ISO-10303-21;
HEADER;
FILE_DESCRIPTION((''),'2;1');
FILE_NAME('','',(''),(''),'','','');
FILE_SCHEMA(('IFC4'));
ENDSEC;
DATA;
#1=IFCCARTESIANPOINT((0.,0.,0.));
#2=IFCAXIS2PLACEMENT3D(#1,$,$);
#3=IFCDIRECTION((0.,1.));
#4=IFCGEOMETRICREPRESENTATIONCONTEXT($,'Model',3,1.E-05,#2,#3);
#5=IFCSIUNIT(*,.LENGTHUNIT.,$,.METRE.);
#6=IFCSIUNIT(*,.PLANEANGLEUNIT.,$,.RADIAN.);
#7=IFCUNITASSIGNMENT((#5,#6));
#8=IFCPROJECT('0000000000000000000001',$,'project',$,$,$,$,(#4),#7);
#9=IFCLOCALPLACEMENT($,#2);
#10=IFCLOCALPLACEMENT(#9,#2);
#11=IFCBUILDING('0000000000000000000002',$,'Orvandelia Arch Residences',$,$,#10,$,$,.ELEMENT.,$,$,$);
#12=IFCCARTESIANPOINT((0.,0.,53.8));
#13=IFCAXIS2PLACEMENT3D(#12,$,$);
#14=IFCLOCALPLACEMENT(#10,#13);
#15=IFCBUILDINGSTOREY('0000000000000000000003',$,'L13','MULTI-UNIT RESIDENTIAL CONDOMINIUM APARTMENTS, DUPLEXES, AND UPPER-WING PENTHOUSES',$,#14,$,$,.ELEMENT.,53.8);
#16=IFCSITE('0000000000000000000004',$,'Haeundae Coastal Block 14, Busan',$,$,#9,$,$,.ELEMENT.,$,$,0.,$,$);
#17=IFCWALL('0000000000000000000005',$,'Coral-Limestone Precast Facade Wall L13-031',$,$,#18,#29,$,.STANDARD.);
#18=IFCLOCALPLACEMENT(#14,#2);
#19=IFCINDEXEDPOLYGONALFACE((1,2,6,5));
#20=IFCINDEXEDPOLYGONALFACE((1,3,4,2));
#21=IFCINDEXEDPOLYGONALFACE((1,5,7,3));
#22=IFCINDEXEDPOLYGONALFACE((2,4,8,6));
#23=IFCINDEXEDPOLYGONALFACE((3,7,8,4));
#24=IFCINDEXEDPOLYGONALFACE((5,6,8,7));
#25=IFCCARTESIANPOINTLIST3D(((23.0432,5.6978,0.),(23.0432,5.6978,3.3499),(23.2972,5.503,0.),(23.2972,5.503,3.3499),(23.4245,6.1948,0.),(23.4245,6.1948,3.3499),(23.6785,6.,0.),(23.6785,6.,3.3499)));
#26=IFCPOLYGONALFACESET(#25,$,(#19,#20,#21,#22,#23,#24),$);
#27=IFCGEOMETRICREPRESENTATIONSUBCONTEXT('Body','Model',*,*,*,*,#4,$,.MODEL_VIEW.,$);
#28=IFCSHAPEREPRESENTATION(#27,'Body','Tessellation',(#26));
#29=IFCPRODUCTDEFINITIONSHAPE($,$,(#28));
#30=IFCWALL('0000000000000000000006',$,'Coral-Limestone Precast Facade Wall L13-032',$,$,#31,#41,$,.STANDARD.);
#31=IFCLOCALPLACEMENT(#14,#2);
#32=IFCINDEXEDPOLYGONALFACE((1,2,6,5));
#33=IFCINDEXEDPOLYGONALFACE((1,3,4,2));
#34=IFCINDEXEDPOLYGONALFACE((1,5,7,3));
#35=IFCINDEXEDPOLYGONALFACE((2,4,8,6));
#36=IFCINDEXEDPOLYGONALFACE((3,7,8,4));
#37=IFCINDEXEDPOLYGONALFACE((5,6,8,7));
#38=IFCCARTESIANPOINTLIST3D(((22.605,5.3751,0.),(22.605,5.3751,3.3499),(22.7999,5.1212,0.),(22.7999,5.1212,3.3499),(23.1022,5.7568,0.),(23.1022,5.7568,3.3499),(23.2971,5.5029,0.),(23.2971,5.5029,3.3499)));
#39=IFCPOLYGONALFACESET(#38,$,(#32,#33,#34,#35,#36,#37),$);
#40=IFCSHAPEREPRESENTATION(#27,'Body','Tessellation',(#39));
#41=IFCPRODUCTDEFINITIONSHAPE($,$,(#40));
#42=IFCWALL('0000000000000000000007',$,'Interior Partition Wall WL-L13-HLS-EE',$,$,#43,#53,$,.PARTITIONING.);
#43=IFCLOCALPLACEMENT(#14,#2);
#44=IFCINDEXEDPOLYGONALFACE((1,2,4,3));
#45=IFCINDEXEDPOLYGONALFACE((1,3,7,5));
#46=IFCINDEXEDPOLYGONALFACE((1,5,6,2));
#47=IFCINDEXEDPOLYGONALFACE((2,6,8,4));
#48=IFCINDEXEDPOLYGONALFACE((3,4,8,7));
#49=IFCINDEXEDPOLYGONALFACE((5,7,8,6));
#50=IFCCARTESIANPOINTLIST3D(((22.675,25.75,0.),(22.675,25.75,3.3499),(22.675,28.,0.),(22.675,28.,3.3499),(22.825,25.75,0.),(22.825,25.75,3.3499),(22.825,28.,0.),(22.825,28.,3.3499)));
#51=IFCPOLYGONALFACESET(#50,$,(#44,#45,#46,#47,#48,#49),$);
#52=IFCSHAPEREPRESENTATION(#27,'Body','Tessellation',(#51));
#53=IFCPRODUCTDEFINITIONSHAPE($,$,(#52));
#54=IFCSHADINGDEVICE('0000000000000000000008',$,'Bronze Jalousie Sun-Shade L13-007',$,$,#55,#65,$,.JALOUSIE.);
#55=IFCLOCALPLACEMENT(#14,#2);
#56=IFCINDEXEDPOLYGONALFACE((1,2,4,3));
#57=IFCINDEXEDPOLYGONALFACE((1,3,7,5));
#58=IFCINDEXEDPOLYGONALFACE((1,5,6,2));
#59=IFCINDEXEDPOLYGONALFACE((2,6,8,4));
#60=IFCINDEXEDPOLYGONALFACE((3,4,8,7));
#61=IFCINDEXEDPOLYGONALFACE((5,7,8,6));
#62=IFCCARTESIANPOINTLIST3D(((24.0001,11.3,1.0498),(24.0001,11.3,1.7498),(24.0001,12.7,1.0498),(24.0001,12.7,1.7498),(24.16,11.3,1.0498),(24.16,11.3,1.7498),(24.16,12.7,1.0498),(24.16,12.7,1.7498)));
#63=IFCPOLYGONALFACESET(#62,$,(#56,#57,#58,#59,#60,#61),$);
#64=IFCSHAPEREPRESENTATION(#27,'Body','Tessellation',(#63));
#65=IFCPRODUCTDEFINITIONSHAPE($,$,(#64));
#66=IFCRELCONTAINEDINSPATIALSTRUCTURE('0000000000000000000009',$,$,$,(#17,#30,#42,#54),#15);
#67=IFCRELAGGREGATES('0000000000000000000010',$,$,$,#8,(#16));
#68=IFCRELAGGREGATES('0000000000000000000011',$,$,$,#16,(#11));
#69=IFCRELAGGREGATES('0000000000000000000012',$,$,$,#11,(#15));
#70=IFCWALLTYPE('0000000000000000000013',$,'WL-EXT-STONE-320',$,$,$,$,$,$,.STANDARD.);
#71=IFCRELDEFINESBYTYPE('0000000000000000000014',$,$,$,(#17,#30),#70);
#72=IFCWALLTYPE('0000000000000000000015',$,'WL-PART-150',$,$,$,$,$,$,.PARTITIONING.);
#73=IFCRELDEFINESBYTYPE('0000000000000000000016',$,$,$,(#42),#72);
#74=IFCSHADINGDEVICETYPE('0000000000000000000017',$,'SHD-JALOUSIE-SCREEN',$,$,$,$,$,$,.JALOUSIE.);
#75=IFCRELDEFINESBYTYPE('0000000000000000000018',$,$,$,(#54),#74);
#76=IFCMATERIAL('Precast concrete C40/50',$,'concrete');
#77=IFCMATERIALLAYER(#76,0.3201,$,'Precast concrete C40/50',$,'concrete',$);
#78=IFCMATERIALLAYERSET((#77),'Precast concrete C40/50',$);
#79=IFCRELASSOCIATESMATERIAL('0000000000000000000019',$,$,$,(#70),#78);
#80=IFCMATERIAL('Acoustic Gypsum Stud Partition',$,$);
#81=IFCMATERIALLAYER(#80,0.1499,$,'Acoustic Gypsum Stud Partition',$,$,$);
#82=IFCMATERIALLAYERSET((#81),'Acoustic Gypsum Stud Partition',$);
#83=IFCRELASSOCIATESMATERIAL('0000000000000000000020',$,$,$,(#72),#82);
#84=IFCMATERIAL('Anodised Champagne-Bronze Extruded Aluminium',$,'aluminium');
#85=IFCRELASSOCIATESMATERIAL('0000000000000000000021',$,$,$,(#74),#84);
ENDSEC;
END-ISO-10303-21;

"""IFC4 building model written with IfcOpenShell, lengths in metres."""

from ifc_helpers import new_model, si_unit, direction, frame, frame_2d, origin, origin_2d, place, context, subcontext, project, spatial, rectangle, extrude, material, layer, layer_set, type_object, element, save


model = new_model("IFC4")

# Units and contexts
model_context = context("Model", 3, precision=1e-05, world=origin(), true_north=direction((0.0, 1.0)))
body_context = subcontext(model_context, "Body", "Model", "MODEL_VIEW")
ifc_project = project(units=[si_unit("LENGTHUNIT", "METRE"), si_unit("PLANEANGLEUNIT", "RADIAN")], contexts=[model_context])

# Site, building, storey
site_placement = place(None, origin())
site = spatial("IfcSite", under=ifc_project, at=site_placement, Name="Haeundae Coastal Block 14, Busan", CompositionType="ELEMENT", RefElevation=0.0)
building_placement = place(site_placement, origin())
building = spatial("IfcBuilding", under=site, at=building_placement, Name="Orvandelia Arch Residences", CompositionType="ELEMENT")
storey_placement = place(building_placement, frame((0.0, 0.0, 53.8)))
storey = spatial("IfcBuildingStorey", under=building, at=storey_placement, Name="L13", Description="MULTI-UNIT RESIDENTIAL CONDOMINIUM APARTMENTS, DUPLEXES, AND UPPER-WING PENTHOUSES", CompositionType="ELEMENT", Elevation=53.8)

# Shared definitions
ifc_material_1 = material(Name="Precast concrete C40/50", Category="concrete")
ifc_layer_1 = layer(ifc_material_1, 0.3201, Name="Precast concrete C40/50", Category="concrete")
ifc_layer_set_1 = layer_set([ifc_layer_1], Name="Precast concrete C40/50")
wall_type_1 = type_object("IfcWallType", Name="WL-EXT-STONE-320", PredefinedType="STANDARD", material=ifc_layer_set_1)

# Walls
wall_1_placement = place(storey_placement, frame((23.5515, 6.0974, 0.0), z_axis=(0.0, 0.0, 1.0), x_axis=(-0.608693, -0.793406, 0.0)))
element("IfcWall", 1, at=wall_1_placement, inside=storey, type_object=wall_type_1, Name="Coral-Limestone Precast Facade Wall L13-031", PredefinedType="STANDARD", context=body_context, shape_type="SweptSolid", body=[
    extrude(rectangle(XDim=0.6265, YDim=0.3201, at=frame_2d((0.3132, 0.0))), origin(), (0.0, 0.0, 1.0), 3.3499),
])
wall_2_placement = place(storey_placement, frame((23.1997, 5.6299, 0.0), z_axis=(0.0, 0.0, 1.0), x_axis=(-0.793217, -0.608939, 0.0)))
element("IfcWall", 2, at=wall_2_placement, inside=storey, type_object=wall_type_1, Name="Coral-Limestone Precast Facade Wall L13-032", PredefinedType="STANDARD", context=body_context, shape_type="SweptSolid", body=[
    extrude(rectangle(XDim=0.6267, YDim=0.3201, at=frame_2d((0.3135, 0.0))), origin(), (0.0, 0.0, 1.0), 3.3499),
])
ifc_material_2 = material(Name="Acoustic Gypsum Stud Partition")
ifc_layer_2 = layer(ifc_material_2, 0.1499, Name="Acoustic Gypsum Stud Partition")
ifc_layer_set_2 = layer_set([ifc_layer_2], Name="Acoustic Gypsum Stud Partition")
wall_type_2 = type_object("IfcWallType", Name="WL-PART-150", PredefinedType="PARTITIONING", material=ifc_layer_set_2)
wall_3_placement = place(storey_placement, frame((22.75, 25.75, 0.0), z_axis=(0.0, 0.0, 1.0), x_axis=(0.0, 1.0, 0.0)))
element("IfcWall", 3, at=wall_3_placement, inside=storey, type_object=wall_type_2, Name="Interior Partition Wall WL-L13-HLS-EE", PredefinedType="PARTITIONING", context=body_context, shape_type="SweptSolid", body=[
    extrude(rectangle(XDim=2.25, YDim=0.1499, at=frame_2d((1.125, 0.0))), origin(), (0.0, 0.0, 1.0), 3.3499),
])

# Shading device
ifc_material_3 = material(Name="Anodised Champagne-Bronze Extruded Aluminium", Category="aluminium")
shading_device_type = type_object("IfcShadingDeviceType", Name="SHD-JALOUSIE-SCREEN", PredefinedType="JALOUSIE", material=ifc_material_3)
shading_device_placement = place(storey_placement, frame((24.0801, 12.0, 1.0498), z_axis=(0.0, 0.0, 1.0), x_axis=(0.0, -1.0, 0.0)))
element("IfcShadingDevice", 4, at=shading_device_placement, inside=storey, type_object=shading_device_type, Name="Bronze Jalousie Sun-Shade L13-007", PredefinedType="JALOUSIE", context=body_context, shape_type="SweptSolid", body=[
    extrude(rectangle(XDim=1.3999, YDim=0.1599, at=origin_2d()), origin(), (0.0, 0.0, 1.0), 0.7),
])

save(model, "model.ifc")
